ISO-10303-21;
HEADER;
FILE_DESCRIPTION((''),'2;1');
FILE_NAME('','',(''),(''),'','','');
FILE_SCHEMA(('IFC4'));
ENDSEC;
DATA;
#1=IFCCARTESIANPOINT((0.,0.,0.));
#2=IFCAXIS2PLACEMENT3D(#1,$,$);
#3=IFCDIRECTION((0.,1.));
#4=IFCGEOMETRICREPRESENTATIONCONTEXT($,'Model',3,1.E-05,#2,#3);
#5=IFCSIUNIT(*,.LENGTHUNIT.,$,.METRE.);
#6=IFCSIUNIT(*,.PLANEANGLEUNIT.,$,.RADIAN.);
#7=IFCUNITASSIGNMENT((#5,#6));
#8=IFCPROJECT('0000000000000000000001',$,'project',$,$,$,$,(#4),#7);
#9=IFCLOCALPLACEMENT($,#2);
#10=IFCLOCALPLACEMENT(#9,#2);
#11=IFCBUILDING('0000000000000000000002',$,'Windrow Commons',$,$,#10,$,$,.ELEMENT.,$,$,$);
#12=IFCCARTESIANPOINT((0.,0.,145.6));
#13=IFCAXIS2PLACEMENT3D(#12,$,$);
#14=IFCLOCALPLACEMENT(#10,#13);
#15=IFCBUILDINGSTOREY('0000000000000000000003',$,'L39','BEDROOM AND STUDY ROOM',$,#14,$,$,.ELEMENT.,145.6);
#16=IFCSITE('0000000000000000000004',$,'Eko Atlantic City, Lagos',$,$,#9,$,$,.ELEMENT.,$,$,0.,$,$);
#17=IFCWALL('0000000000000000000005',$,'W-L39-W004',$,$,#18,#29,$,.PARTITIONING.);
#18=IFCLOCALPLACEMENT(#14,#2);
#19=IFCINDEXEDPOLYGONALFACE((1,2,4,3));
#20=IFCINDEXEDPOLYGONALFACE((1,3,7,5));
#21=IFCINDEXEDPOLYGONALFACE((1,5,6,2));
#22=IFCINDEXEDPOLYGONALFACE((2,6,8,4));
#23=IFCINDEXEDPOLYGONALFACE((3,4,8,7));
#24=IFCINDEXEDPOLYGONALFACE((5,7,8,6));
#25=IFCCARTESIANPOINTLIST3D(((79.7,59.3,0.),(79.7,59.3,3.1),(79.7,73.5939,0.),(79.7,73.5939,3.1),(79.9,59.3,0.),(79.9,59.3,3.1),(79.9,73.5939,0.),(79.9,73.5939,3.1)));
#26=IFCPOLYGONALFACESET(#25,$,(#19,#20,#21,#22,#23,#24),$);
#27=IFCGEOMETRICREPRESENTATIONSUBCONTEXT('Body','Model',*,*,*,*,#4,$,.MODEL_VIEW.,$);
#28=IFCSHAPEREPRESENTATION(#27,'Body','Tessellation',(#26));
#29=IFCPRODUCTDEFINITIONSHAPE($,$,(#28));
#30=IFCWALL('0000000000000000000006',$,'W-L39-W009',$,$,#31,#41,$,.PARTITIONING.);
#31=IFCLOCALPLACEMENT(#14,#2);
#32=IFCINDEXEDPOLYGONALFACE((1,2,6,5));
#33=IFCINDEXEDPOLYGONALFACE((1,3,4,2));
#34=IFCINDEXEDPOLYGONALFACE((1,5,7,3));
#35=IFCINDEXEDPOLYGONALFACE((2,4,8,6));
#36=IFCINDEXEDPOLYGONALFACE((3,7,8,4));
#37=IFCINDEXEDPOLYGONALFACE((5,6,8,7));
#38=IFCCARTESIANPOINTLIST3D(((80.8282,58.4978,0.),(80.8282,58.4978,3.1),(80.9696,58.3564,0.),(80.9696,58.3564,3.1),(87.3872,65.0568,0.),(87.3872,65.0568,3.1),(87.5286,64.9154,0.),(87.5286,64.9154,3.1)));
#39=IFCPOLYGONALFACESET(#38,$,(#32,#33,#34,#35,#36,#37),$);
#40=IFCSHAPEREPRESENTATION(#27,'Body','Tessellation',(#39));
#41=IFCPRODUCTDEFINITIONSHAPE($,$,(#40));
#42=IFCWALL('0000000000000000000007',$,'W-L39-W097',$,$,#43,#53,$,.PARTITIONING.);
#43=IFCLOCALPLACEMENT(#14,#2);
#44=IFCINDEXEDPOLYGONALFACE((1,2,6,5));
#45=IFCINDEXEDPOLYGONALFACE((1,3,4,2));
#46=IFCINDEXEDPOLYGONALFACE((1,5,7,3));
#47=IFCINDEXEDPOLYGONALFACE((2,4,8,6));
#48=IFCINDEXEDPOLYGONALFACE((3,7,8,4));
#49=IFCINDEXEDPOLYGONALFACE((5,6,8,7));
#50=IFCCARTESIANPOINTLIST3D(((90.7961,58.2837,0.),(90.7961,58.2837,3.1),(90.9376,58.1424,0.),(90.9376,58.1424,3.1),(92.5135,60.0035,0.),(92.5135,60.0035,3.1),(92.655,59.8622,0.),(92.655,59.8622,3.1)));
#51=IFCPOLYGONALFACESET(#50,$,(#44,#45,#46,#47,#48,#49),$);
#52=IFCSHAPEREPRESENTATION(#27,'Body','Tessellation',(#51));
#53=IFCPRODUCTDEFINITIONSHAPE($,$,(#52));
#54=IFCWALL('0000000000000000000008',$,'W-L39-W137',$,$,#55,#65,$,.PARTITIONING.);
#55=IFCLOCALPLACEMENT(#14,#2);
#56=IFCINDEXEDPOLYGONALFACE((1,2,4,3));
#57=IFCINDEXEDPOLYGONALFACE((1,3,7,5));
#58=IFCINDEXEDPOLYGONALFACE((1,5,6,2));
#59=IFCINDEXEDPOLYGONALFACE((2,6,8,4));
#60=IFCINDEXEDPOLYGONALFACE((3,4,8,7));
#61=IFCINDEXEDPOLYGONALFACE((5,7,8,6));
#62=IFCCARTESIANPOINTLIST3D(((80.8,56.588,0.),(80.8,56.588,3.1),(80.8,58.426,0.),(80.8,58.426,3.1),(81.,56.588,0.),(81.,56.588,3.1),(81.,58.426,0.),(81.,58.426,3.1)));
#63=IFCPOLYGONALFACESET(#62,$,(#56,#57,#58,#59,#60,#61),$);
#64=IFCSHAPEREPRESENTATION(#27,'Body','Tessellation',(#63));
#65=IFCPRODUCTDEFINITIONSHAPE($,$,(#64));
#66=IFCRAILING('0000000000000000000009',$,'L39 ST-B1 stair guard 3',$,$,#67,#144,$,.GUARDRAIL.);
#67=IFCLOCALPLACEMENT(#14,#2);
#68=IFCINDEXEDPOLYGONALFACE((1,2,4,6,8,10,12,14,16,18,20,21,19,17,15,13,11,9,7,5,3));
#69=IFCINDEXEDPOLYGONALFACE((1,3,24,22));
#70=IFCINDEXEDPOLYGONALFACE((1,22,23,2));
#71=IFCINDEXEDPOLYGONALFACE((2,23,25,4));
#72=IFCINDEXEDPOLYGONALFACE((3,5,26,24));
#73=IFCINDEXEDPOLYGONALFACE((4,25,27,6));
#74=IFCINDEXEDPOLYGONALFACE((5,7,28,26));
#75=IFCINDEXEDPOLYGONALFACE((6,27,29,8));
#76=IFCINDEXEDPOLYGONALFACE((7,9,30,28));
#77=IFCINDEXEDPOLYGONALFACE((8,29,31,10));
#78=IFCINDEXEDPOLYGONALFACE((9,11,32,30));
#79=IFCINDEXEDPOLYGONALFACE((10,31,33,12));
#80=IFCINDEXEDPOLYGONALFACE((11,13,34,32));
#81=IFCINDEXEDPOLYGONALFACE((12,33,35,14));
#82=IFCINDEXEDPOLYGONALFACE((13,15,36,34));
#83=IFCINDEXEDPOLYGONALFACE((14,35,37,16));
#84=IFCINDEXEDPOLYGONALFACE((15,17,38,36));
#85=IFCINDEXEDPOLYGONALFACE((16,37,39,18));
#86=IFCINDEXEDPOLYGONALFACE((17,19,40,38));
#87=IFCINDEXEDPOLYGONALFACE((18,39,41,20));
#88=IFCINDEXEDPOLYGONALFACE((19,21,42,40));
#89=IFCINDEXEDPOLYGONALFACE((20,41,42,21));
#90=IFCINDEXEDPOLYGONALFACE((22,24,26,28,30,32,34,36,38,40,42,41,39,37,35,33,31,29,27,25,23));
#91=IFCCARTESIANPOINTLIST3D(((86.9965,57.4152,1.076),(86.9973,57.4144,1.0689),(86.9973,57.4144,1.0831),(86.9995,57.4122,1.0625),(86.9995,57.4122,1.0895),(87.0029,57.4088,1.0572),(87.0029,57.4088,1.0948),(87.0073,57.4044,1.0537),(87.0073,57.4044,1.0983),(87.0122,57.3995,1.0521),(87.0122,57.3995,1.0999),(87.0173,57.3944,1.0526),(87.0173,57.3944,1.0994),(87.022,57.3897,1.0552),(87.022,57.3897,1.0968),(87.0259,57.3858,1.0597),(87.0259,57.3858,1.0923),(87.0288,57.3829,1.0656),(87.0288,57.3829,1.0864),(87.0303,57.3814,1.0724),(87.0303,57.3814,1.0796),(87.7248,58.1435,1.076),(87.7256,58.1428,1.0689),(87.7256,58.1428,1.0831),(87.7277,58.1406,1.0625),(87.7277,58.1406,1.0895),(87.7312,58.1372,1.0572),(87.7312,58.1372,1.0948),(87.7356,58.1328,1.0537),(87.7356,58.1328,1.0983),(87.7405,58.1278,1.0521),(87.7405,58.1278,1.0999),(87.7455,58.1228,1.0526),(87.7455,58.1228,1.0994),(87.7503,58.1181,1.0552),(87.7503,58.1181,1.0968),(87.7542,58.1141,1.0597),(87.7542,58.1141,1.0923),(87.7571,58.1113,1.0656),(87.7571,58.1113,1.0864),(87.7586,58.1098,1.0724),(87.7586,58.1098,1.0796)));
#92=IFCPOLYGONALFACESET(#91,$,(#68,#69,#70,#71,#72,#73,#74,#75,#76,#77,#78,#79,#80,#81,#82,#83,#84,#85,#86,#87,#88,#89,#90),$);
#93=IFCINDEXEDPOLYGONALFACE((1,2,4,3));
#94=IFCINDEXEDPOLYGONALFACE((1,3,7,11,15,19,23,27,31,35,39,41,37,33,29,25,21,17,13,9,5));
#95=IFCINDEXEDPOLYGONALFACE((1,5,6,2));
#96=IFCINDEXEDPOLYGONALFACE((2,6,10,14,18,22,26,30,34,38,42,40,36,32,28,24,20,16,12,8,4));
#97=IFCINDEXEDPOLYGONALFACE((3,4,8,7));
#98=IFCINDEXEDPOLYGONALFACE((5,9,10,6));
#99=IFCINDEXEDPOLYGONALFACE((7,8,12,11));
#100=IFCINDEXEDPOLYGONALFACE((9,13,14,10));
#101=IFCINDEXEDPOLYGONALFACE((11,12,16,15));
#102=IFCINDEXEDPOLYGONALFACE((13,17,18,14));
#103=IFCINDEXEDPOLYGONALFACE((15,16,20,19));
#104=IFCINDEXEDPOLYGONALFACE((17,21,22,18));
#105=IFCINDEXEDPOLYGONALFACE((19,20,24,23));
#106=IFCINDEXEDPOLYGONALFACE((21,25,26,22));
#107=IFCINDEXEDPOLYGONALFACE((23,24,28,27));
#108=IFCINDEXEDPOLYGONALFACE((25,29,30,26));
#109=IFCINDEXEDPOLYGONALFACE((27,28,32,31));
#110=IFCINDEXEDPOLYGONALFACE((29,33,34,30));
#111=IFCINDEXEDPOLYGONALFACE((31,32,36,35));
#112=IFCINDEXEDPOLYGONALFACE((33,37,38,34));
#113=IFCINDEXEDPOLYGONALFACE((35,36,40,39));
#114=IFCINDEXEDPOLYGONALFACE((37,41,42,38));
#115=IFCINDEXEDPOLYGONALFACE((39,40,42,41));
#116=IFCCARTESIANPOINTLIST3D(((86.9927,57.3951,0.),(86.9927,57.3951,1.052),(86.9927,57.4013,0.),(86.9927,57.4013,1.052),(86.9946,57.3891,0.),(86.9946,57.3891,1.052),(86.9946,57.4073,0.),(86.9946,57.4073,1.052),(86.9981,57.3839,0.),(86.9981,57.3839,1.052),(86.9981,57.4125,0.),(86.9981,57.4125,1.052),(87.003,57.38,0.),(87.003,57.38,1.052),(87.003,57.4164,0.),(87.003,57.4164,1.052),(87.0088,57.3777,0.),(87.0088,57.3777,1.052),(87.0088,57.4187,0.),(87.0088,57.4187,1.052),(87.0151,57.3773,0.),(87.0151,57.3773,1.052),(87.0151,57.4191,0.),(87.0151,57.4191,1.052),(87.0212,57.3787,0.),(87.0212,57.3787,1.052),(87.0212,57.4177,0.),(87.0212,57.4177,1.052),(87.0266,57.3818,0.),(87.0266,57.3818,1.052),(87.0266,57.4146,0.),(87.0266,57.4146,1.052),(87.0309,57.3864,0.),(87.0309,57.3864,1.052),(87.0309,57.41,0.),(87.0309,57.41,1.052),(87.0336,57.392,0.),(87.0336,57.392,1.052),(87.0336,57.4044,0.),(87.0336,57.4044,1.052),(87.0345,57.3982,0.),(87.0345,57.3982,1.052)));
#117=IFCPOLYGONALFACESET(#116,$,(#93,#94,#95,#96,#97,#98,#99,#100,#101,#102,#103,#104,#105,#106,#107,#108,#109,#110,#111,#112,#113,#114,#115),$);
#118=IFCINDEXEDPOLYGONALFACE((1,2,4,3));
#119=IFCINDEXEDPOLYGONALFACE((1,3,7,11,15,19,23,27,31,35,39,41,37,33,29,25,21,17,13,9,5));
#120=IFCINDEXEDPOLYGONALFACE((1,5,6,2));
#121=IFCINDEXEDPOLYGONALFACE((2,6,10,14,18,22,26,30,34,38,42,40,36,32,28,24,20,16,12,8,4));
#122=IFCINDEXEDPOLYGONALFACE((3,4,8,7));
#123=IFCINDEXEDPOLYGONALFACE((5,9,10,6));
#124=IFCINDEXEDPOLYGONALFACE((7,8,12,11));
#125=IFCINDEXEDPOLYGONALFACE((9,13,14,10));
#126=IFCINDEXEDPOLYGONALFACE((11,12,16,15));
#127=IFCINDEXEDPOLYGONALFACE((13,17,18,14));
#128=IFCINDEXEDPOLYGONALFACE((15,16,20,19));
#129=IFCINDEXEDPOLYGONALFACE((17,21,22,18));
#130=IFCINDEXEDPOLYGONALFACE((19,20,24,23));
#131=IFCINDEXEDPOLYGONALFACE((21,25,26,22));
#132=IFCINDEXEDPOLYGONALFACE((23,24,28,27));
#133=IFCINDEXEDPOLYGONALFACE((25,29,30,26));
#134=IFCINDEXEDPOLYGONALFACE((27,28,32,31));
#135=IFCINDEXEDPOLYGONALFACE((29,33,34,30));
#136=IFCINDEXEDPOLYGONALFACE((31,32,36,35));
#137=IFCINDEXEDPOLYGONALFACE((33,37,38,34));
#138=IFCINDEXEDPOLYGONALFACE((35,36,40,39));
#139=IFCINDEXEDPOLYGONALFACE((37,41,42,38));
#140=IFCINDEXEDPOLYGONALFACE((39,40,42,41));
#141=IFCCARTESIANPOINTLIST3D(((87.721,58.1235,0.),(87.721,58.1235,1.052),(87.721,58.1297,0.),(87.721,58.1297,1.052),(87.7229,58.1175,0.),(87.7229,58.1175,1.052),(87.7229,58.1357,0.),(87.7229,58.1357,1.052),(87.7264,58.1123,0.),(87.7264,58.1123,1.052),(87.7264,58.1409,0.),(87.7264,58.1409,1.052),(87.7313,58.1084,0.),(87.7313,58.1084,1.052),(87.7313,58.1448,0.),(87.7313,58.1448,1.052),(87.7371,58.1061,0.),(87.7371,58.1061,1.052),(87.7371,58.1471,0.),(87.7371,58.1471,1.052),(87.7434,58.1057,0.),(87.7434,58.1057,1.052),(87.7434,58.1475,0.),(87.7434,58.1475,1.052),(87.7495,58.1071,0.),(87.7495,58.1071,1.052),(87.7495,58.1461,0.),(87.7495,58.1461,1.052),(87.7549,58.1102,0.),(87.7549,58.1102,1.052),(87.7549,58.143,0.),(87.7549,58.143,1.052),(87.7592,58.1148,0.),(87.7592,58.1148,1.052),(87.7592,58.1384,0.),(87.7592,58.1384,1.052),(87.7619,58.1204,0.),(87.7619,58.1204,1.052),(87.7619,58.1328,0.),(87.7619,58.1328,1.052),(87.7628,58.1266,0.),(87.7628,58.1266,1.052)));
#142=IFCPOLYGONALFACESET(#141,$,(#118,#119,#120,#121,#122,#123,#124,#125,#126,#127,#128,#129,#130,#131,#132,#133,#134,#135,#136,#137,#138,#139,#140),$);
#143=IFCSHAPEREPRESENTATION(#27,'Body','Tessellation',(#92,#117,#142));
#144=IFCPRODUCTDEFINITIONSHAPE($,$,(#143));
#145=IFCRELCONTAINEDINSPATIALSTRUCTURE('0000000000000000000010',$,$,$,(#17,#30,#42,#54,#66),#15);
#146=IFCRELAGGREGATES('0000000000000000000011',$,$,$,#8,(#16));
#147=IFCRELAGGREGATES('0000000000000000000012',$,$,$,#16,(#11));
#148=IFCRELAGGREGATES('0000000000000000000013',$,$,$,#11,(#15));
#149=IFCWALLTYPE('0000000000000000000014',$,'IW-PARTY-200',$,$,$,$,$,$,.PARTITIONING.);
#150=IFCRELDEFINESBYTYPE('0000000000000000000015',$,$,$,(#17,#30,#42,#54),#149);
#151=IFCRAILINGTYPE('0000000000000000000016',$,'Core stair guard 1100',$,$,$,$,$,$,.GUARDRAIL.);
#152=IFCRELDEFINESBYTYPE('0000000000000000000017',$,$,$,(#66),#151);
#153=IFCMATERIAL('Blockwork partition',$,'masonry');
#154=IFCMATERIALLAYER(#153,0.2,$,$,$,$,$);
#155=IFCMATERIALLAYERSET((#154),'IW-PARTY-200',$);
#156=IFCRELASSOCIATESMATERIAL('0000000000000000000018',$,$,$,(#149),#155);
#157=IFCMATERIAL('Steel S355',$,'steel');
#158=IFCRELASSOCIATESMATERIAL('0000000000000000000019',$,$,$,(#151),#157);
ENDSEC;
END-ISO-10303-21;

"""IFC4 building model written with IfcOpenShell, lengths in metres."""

from ifc_helpers import new_model, si_unit, direction, frame, frame_2d, origin, origin_2d, place, context, subcontext, project, spatial, rectangle, circle, extrude, material, layer, layer_set, type_object, element, save


model = new_model("IFC4")

# Units and contexts
model_context = context("Model", 3, precision=1e-05, world=origin(), true_north=direction((0.0, 1.0)))
body_context = subcontext(model_context, "Body", "Model", "MODEL_VIEW")
ifc_project = project(units=[si_unit("LENGTHUNIT", "METRE"), si_unit("PLANEANGLEUNIT", "RADIAN")], contexts=[model_context])

# Site, building, storey
site_placement = place(None, origin())
site = spatial("IfcSite", under=ifc_project, at=site_placement, Name="Eko Atlantic City, Lagos", CompositionType="ELEMENT", RefElevation=0.0)
building_placement = place(site_placement, origin())
building = spatial("IfcBuilding", under=site, at=building_placement, Name="Windrow Commons", CompositionType="ELEMENT")
storey_placement = place(building_placement, frame((0.0, 0.0, 145.6)))
storey = spatial("IfcBuildingStorey", under=building, at=storey_placement, Name="L39", Description="BEDROOM AND STUDY ROOM", CompositionType="ELEMENT", Elevation=145.6)

# Walls
ifc_material_1 = material(Name="Blockwork partition", Category="masonry")
ifc_layer_1 = layer(ifc_material_1, 0.2)
ifc_layer_set_1 = layer_set([ifc_layer_1], Name="IW-PARTY-200")
wall_type_1 = type_object("IfcWallType", Name="IW-PARTY-200", PredefinedType="PARTITIONING", material=ifc_layer_set_1)
wall_1_placement = place(storey_placement, frame((79.8, 59.3, 0.0), z_axis=(0.0, 0.0, 1.0), x_axis=(0.0, 1.0, 0.0)))
element("IfcWall", 1, at=wall_1_placement, inside=storey, type_object=wall_type_1, Name="W-L39-W004", PredefinedType="PARTITIONING", context=body_context, shape_type="SweptSolid", body=[
    extrude(rectangle(XDim=14.2939, YDim=0.2, at=frame_2d((7.147, 0.0))), origin(), (0.0, 0.0, 1.0), 3.1),
])
wall_2_placement = place(storey_placement, frame((80.8989, 58.4271, 0.0), z_axis=(0.0, 0.0, 1.0), x_axis=(0.707107, 0.707107, 0.0)))
element("IfcWall", 2, at=wall_2_placement, inside=storey, type_object=wall_type_1, Name="W-L39-W009", PredefinedType="PARTITIONING", context=body_context, shape_type="SweptSolid", body=[
    extrude(rectangle(XDim=9.2758, YDim=0.2, at=frame_2d((4.6379, 0.0))), origin(), (0.0, 0.0, 1.0), 3.1),
])
wall_3_placement = place(storey_placement, frame((90.8669, 58.2131, 0.0), z_axis=(0.0, 0.0, 1.0), x_axis=(0.706613, 0.7076, 0.0)))
element("IfcWall", 3, at=wall_3_placement, inside=storey, type_object=wall_type_1, Name="W-L39-W097", PredefinedType="PARTITIONING", context=body_context, shape_type="SweptSolid", body=[
    extrude(rectangle(XDim=2.4305, YDim=0.2, at=frame_2d((1.2152, 0.0))), origin(), (0.0, 0.0, 1.0), 3.1),
])
wall_4_placement = place(storey_placement, frame((80.9, 56.588, 0.0), z_axis=(0.0, 0.0, 1.0), x_axis=(0.0, 1.0, 0.0)))
element("IfcWall", 4, at=wall_4_placement, inside=storey, type_object=wall_type_1, Name="W-L39-W137", PredefinedType="PARTITIONING", context=body_context, shape_type="SweptSolid", body=[
    extrude(rectangle(XDim=1.838, YDim=0.2, at=frame_2d((0.919, 0.0))), origin(), (0.0, 0.0, 1.0), 3.1),
])

# Railing
ifc_material_2 = material(Name="Steel S355", Category="steel")
railing_type = type_object("IfcRailingType", Name="Core stair guard 1100", PredefinedType="GUARDRAIL", material=ifc_material_2)
railing_placement = place(storey_placement, frame((87.0135, 57.3982, 0.0)))
element("IfcRailing", 5, at=railing_placement, inside=storey, type_object=railing_type, Name="L39 ST-B1 stair guard 3", PredefinedType="GUARDRAIL", context=body_context, shape_type="SweptSolid", body=[
    extrude(circle(Radius=0.024, at=origin_2d()), frame((0.0, 0.0, 1.076), z_axis=(0.707058, 0.707155, 0.0), x_axis=(-0.707155, 0.707058, 0.0)), (0.0, 0.0, 1.0), 1.03),
    extrude(circle(Radius=0.021, at=origin_2d()), origin(), (0.0, 0.0, 1.0), 1.052),
    extrude(circle(Radius=0.021, at=origin_2d()), frame((0.7283, 0.7284, 0.0)), (0.0, 0.0, 1.0), 1.052),
])

save(model, "model.ifc")
